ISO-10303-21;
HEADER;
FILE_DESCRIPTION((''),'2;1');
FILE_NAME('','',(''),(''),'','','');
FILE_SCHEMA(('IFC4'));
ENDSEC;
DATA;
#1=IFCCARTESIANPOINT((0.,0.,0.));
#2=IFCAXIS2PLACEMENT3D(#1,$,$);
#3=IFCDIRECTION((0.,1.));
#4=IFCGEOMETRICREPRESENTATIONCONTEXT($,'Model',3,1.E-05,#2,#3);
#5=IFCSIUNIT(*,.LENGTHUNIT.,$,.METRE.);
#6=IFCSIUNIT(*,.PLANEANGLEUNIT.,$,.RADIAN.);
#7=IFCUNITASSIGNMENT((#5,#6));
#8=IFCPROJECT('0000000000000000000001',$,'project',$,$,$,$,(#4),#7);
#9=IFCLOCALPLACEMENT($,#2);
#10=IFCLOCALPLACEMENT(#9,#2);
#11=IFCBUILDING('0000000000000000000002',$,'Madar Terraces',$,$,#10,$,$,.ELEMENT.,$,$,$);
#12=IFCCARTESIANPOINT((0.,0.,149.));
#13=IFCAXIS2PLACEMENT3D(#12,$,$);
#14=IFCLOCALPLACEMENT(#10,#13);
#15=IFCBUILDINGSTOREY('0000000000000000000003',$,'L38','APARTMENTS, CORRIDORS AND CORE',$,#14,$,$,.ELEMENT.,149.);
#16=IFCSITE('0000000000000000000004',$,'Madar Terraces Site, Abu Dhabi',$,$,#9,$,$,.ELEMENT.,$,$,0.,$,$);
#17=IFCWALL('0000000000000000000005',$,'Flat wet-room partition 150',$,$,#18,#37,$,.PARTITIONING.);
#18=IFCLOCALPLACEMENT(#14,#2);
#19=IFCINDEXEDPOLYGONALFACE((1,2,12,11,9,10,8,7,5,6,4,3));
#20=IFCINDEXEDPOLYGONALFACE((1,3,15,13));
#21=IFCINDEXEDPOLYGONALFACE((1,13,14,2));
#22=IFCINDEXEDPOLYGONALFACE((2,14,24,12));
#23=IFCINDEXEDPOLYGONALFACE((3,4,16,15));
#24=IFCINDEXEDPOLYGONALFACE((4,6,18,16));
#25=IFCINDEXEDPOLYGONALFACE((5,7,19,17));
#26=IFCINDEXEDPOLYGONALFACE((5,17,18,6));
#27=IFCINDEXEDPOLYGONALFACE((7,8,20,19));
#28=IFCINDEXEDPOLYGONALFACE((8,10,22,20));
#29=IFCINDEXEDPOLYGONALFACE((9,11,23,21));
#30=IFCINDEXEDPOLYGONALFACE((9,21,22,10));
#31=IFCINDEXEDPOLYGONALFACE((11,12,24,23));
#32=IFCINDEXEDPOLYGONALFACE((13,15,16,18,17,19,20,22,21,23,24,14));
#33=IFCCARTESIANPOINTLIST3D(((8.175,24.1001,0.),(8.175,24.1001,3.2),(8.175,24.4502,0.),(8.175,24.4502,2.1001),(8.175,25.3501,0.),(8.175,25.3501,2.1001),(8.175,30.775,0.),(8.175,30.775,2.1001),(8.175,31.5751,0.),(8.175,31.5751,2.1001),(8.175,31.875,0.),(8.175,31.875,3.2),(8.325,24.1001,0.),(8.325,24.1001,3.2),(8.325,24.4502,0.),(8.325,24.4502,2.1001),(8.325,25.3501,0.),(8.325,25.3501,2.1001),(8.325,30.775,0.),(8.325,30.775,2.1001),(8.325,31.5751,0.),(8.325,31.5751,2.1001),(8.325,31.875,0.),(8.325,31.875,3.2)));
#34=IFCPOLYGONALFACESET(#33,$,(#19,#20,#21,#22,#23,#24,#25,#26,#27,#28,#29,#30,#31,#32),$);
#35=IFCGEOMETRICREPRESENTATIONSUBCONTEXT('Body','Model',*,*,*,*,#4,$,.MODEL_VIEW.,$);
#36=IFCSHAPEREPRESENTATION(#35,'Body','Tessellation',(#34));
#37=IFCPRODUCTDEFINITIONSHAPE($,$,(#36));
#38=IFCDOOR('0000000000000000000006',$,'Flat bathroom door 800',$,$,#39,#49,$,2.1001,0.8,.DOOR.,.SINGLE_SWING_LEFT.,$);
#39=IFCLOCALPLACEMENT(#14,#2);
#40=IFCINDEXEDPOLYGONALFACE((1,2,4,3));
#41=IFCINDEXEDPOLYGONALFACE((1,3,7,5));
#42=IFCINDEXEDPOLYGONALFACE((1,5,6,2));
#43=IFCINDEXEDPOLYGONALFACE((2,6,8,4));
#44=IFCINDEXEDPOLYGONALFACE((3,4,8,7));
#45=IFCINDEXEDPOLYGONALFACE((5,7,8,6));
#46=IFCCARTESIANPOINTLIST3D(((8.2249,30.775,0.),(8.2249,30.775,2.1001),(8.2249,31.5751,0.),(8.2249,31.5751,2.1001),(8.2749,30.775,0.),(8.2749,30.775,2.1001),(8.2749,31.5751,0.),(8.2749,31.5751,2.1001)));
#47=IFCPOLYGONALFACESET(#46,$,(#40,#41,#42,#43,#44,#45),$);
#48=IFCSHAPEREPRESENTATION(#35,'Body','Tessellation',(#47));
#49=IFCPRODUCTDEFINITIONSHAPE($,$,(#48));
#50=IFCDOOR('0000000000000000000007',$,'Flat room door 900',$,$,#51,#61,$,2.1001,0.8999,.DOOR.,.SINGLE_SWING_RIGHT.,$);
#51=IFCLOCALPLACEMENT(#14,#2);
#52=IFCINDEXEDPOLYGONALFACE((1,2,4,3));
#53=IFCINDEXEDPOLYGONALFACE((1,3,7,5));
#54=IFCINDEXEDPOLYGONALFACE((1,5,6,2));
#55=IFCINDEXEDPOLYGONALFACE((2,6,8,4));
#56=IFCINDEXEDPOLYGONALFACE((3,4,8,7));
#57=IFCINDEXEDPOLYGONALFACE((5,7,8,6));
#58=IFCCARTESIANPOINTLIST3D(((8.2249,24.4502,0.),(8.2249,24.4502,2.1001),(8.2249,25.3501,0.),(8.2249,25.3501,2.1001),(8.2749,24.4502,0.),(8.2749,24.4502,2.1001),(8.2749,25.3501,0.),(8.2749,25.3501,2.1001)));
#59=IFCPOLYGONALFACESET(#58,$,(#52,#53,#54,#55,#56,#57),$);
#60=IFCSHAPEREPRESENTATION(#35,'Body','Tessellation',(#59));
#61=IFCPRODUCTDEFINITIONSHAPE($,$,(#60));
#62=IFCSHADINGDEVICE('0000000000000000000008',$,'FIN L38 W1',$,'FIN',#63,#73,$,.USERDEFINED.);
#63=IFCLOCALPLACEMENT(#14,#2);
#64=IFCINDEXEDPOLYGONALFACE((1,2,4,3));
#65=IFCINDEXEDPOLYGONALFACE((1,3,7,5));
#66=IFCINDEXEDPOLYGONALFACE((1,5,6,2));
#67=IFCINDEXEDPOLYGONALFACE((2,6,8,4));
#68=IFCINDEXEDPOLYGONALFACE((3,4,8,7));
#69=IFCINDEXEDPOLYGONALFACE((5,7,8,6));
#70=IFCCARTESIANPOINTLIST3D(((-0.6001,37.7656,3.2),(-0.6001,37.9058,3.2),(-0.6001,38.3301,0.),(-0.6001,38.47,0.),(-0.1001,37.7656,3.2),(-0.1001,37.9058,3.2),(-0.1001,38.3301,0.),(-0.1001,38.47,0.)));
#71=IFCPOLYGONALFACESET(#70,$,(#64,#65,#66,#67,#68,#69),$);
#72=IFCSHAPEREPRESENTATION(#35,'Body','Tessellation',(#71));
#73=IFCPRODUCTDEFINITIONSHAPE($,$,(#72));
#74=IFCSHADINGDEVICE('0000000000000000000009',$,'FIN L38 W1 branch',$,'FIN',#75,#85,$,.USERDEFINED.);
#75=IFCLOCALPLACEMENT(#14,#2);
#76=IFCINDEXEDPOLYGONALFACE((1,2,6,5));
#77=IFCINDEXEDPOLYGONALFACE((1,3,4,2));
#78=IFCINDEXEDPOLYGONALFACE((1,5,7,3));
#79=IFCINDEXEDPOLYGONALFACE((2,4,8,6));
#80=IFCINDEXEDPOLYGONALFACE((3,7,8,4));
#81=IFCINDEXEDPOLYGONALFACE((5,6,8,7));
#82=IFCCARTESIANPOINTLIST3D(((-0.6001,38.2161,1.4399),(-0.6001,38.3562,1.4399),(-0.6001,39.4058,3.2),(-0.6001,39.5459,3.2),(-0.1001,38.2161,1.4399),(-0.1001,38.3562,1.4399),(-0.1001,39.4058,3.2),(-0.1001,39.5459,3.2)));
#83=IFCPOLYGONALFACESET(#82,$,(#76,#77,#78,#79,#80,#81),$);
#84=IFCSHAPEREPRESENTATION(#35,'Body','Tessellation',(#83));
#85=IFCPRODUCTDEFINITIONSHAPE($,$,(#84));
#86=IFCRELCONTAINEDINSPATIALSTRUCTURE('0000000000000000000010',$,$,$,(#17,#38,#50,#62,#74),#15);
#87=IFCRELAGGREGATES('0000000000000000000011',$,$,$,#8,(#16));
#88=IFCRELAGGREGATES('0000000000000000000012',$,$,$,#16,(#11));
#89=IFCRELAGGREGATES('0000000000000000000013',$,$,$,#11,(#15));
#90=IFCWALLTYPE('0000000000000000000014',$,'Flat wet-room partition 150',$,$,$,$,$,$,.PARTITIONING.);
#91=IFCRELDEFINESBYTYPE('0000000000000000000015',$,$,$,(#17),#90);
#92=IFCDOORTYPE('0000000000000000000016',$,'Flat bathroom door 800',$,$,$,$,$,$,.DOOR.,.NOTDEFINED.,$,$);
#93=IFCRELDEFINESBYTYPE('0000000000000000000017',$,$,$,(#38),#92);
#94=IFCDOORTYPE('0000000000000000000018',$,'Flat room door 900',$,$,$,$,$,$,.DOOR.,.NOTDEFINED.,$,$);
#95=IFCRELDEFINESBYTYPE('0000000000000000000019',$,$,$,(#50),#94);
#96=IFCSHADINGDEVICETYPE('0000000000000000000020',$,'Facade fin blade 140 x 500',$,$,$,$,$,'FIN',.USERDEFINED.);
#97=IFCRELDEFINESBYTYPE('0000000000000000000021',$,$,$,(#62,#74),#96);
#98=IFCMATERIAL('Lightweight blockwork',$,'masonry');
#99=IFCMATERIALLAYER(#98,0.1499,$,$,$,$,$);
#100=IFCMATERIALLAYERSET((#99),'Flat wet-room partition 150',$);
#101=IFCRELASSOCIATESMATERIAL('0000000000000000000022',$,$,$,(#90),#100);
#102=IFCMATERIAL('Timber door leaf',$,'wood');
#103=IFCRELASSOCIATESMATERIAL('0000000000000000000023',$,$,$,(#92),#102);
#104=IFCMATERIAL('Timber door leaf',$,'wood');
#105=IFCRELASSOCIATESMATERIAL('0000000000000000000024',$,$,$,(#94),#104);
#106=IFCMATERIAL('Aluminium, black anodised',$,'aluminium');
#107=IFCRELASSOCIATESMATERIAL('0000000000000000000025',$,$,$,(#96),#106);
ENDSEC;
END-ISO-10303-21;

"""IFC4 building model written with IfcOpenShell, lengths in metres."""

from ifc_helpers import new_model, si_unit, direction, frame, frame_2d, origin, place, context, subcontext, project, spatial, polyline, rectangle, outline, extrude, material, layer, layer_set, type_object, element, fill, save


model = new_model("IFC4")

# Units and contexts
model_context = context("Model", 3, precision=1e-05, world=origin(), true_north=direction((0.0, 1.0)))
body_context = subcontext(model_context, "Body", "Model", "MODEL_VIEW")
ifc_project = project(units=[si_unit("LENGTHUNIT", "METRE"), si_unit("PLANEANGLEUNIT", "RADIAN")], contexts=[model_context])

# Site, building, storey
site_placement = place(None, origin())
site = spatial("IfcSite", under=ifc_project, at=site_placement, Name="Madar Terraces Site, Abu Dhabi", CompositionType="ELEMENT", RefElevation=0.0)
building_placement = place(site_placement, origin())
building = spatial("IfcBuilding", under=site, at=building_placement, Name="Madar Terraces", CompositionType="ELEMENT")
storey_placement = place(building_placement, frame((0.0, 0.0, 149.0)))
storey = spatial("IfcBuildingStorey", under=building, at=storey_placement, Name="L38", Description="APARTMENTS, CORRIDORS AND CORE", CompositionType="ELEMENT", Elevation=149.0)

# Wall, openings, doors
ifc_material_1 = material(Name="Lightweight blockwork", Category="masonry")
ifc_layer_1 = layer(ifc_material_1, 0.1499)
ifc_layer_set_1 = layer_set([ifc_layer_1], Name="Flat wet-room partition 150")
wall_type_1 = type_object("IfcWallType", Name="Flat wet-room partition 150", PredefinedType="PARTITIONING", material=ifc_layer_set_1)
ifc_material_2 = material(Name="Timber door leaf", Category="wood")
door_type_1 = type_object("IfcDoorType", Name="Flat bathroom door 800", OperationType="NOTDEFINED", PredefinedType="DOOR", material=ifc_material_2)
ifc_material_3 = material(Name="Timber door leaf", Category="wood")
door_type_2 = type_object("IfcDoorType", Name="Flat room door 900", OperationType="NOTDEFINED", PredefinedType="DOOR", material=ifc_material_3)
wall_1_placement = place(storey_placement, frame((8.25, 31.875, 0.0), z_axis=(0.0, 0.0, 1.0), x_axis=(0.0, -1.0, 0.0)))
wall_1 = element("IfcWall", 1, at=wall_1_placement, inside=storey, type_object=wall_type_1, Name="Flat wet-room partition 150", PredefinedType="PARTITIONING", context=body_context, shape_type="SweptSolid", body=[
    extrude(rectangle(XDim=7.7749, YDim=0.1499, at=frame_2d((3.8875, 0.0))), origin(), (0.0, 0.0, 1.0), 3.2),
])
opening_1_placement = place(wall_1_placement, frame((0.3, 0.0, 0.0)))
opening_1 = element("IfcOpeningElement", 2, at=opening_1_placement, cuts=wall_1, PredefinedType="OPENING", context=body_context, shape_type="SweptSolid", body=[
    extrude(rectangle(XDim=0.8, YDim=2.1001, at=frame_2d((0.3999, 1.05))), frame((0.0, 0.085, 0.0), z_axis=(0.0, -1.0, 0.0), x_axis=(1.0, 0.0, 0.0)), (0.0, 0.0, 1.0), 0.1699),
])
opening_2_placement = place(wall_1_placement, frame((6.5249, 0.0, 0.0)))
opening_2 = element("IfcOpeningElement", 3, at=opening_2_placement, cuts=wall_1, PredefinedType="OPENING", context=body_context, shape_type="SweptSolid", body=[
    extrude(rectangle(XDim=0.8999, YDim=2.1001, at=frame_2d((0.45, 1.05))), frame((0.0, 0.085, 0.0), z_axis=(0.0, -1.0, 0.0), x_axis=(1.0, 0.0, 0.0)), (0.0, 0.0, 1.0), 0.1699),
])
door_1_placement = place(opening_1_placement, origin())
door_1 = element("IfcDoor", 4, at=door_1_placement, inside=storey, type_object=door_type_1, Name="Flat bathroom door 800", OperationType="SINGLE_SWING_LEFT", OverallHeight=2.1001, OverallWidth=0.8, PredefinedType="DOOR", context=body_context, shape_type="SweptSolid", body=[
    extrude(rectangle(XDim=0.8, YDim=2.1001, at=frame_2d((0.3999, 1.05))), frame((0.0, 0.0249, 0.0), z_axis=(0.0, -1.0, 0.0), x_axis=(1.0, 0.0, 0.0)), (0.0, 0.0, 1.0), 0.05),
])
fill(opening_1, door_1)
door_2_placement = place(opening_2_placement, origin())
door_2 = element("IfcDoor", 5, at=door_2_placement, inside=storey, type_object=door_type_2, Name="Flat room door 900", OperationType="SINGLE_SWING_RIGHT", OverallHeight=2.1001, OverallWidth=0.8999, PredefinedType="DOOR", context=body_context, shape_type="SweptSolid", body=[
    extrude(rectangle(XDim=0.8999, YDim=2.1001, at=frame_2d((0.45, 1.05))), frame((0.0, 0.0249, 0.0), z_axis=(0.0, -1.0, 0.0), x_axis=(1.0, 0.0, 0.0)), (0.0, 0.0, 1.0), 0.05),
])
fill(opening_2, door_2)

# Shading devices
ifc_material_4 = material(Name="Aluminium, black anodised", Category="aluminium")
shading_device_type = type_object("IfcShadingDeviceType", Name="Facade fin blade 140 x 500", ElementType="FIN", PredefinedType="USERDEFINED", material=ifc_material_4)
shading_device_1_placement = place(storey_placement, frame((-0.3501, 38.47, 0.0), z_axis=(0.0, 0.0, 1.0), x_axis=(0.0, -1.0, 0.0)))
element("IfcShadingDevice", 6, at=shading_device_1_placement, inside=storey, type_object=shading_device_type, Name="FIN L38 W1", ObjectType="FIN", PredefinedType="USERDEFINED", context=body_context, shape_type="SweptSolid", body=[
    extrude(outline(polyline([(0.0, 0.0), (0.1399, 0.0), (0.7043, 3.2), (0.5642, 3.2), (0.0, 0.0)])), frame((0.0, 0.25, 0.0), z_axis=(0.0, -1.0, 0.0), x_axis=(1.0, 0.0, 0.0)), (0.0, 0.0, 1.0), 0.5),
])
shading_device_2_placement = place(storey_placement, frame((-0.3501, 38.3562, 1.4399), z_axis=(0.0, 0.0, 1.0), x_axis=(0.0, -1.0, 0.0)))
element("IfcShadingDevice", 7, at=shading_device_2_placement, inside=storey, type_object=shading_device_type, Name="FIN L38 W1 branch", ObjectType="FIN", PredefinedType="USERDEFINED", context=body_context, shape_type="SweptSolid", body=[
    extrude(outline(polyline([(0.0, 0.0), (0.1401, 0.0), (-1.0496, 1.76), (-1.1897, 1.76), (0.0, 0.0)])), frame((0.0, 0.25, 0.0), z_axis=(0.0, -1.0, 0.0), x_axis=(1.0, 0.0, 0.0)), (0.0, 0.0, 1.0), 0.5),
])

save(model, "model.ifc")
